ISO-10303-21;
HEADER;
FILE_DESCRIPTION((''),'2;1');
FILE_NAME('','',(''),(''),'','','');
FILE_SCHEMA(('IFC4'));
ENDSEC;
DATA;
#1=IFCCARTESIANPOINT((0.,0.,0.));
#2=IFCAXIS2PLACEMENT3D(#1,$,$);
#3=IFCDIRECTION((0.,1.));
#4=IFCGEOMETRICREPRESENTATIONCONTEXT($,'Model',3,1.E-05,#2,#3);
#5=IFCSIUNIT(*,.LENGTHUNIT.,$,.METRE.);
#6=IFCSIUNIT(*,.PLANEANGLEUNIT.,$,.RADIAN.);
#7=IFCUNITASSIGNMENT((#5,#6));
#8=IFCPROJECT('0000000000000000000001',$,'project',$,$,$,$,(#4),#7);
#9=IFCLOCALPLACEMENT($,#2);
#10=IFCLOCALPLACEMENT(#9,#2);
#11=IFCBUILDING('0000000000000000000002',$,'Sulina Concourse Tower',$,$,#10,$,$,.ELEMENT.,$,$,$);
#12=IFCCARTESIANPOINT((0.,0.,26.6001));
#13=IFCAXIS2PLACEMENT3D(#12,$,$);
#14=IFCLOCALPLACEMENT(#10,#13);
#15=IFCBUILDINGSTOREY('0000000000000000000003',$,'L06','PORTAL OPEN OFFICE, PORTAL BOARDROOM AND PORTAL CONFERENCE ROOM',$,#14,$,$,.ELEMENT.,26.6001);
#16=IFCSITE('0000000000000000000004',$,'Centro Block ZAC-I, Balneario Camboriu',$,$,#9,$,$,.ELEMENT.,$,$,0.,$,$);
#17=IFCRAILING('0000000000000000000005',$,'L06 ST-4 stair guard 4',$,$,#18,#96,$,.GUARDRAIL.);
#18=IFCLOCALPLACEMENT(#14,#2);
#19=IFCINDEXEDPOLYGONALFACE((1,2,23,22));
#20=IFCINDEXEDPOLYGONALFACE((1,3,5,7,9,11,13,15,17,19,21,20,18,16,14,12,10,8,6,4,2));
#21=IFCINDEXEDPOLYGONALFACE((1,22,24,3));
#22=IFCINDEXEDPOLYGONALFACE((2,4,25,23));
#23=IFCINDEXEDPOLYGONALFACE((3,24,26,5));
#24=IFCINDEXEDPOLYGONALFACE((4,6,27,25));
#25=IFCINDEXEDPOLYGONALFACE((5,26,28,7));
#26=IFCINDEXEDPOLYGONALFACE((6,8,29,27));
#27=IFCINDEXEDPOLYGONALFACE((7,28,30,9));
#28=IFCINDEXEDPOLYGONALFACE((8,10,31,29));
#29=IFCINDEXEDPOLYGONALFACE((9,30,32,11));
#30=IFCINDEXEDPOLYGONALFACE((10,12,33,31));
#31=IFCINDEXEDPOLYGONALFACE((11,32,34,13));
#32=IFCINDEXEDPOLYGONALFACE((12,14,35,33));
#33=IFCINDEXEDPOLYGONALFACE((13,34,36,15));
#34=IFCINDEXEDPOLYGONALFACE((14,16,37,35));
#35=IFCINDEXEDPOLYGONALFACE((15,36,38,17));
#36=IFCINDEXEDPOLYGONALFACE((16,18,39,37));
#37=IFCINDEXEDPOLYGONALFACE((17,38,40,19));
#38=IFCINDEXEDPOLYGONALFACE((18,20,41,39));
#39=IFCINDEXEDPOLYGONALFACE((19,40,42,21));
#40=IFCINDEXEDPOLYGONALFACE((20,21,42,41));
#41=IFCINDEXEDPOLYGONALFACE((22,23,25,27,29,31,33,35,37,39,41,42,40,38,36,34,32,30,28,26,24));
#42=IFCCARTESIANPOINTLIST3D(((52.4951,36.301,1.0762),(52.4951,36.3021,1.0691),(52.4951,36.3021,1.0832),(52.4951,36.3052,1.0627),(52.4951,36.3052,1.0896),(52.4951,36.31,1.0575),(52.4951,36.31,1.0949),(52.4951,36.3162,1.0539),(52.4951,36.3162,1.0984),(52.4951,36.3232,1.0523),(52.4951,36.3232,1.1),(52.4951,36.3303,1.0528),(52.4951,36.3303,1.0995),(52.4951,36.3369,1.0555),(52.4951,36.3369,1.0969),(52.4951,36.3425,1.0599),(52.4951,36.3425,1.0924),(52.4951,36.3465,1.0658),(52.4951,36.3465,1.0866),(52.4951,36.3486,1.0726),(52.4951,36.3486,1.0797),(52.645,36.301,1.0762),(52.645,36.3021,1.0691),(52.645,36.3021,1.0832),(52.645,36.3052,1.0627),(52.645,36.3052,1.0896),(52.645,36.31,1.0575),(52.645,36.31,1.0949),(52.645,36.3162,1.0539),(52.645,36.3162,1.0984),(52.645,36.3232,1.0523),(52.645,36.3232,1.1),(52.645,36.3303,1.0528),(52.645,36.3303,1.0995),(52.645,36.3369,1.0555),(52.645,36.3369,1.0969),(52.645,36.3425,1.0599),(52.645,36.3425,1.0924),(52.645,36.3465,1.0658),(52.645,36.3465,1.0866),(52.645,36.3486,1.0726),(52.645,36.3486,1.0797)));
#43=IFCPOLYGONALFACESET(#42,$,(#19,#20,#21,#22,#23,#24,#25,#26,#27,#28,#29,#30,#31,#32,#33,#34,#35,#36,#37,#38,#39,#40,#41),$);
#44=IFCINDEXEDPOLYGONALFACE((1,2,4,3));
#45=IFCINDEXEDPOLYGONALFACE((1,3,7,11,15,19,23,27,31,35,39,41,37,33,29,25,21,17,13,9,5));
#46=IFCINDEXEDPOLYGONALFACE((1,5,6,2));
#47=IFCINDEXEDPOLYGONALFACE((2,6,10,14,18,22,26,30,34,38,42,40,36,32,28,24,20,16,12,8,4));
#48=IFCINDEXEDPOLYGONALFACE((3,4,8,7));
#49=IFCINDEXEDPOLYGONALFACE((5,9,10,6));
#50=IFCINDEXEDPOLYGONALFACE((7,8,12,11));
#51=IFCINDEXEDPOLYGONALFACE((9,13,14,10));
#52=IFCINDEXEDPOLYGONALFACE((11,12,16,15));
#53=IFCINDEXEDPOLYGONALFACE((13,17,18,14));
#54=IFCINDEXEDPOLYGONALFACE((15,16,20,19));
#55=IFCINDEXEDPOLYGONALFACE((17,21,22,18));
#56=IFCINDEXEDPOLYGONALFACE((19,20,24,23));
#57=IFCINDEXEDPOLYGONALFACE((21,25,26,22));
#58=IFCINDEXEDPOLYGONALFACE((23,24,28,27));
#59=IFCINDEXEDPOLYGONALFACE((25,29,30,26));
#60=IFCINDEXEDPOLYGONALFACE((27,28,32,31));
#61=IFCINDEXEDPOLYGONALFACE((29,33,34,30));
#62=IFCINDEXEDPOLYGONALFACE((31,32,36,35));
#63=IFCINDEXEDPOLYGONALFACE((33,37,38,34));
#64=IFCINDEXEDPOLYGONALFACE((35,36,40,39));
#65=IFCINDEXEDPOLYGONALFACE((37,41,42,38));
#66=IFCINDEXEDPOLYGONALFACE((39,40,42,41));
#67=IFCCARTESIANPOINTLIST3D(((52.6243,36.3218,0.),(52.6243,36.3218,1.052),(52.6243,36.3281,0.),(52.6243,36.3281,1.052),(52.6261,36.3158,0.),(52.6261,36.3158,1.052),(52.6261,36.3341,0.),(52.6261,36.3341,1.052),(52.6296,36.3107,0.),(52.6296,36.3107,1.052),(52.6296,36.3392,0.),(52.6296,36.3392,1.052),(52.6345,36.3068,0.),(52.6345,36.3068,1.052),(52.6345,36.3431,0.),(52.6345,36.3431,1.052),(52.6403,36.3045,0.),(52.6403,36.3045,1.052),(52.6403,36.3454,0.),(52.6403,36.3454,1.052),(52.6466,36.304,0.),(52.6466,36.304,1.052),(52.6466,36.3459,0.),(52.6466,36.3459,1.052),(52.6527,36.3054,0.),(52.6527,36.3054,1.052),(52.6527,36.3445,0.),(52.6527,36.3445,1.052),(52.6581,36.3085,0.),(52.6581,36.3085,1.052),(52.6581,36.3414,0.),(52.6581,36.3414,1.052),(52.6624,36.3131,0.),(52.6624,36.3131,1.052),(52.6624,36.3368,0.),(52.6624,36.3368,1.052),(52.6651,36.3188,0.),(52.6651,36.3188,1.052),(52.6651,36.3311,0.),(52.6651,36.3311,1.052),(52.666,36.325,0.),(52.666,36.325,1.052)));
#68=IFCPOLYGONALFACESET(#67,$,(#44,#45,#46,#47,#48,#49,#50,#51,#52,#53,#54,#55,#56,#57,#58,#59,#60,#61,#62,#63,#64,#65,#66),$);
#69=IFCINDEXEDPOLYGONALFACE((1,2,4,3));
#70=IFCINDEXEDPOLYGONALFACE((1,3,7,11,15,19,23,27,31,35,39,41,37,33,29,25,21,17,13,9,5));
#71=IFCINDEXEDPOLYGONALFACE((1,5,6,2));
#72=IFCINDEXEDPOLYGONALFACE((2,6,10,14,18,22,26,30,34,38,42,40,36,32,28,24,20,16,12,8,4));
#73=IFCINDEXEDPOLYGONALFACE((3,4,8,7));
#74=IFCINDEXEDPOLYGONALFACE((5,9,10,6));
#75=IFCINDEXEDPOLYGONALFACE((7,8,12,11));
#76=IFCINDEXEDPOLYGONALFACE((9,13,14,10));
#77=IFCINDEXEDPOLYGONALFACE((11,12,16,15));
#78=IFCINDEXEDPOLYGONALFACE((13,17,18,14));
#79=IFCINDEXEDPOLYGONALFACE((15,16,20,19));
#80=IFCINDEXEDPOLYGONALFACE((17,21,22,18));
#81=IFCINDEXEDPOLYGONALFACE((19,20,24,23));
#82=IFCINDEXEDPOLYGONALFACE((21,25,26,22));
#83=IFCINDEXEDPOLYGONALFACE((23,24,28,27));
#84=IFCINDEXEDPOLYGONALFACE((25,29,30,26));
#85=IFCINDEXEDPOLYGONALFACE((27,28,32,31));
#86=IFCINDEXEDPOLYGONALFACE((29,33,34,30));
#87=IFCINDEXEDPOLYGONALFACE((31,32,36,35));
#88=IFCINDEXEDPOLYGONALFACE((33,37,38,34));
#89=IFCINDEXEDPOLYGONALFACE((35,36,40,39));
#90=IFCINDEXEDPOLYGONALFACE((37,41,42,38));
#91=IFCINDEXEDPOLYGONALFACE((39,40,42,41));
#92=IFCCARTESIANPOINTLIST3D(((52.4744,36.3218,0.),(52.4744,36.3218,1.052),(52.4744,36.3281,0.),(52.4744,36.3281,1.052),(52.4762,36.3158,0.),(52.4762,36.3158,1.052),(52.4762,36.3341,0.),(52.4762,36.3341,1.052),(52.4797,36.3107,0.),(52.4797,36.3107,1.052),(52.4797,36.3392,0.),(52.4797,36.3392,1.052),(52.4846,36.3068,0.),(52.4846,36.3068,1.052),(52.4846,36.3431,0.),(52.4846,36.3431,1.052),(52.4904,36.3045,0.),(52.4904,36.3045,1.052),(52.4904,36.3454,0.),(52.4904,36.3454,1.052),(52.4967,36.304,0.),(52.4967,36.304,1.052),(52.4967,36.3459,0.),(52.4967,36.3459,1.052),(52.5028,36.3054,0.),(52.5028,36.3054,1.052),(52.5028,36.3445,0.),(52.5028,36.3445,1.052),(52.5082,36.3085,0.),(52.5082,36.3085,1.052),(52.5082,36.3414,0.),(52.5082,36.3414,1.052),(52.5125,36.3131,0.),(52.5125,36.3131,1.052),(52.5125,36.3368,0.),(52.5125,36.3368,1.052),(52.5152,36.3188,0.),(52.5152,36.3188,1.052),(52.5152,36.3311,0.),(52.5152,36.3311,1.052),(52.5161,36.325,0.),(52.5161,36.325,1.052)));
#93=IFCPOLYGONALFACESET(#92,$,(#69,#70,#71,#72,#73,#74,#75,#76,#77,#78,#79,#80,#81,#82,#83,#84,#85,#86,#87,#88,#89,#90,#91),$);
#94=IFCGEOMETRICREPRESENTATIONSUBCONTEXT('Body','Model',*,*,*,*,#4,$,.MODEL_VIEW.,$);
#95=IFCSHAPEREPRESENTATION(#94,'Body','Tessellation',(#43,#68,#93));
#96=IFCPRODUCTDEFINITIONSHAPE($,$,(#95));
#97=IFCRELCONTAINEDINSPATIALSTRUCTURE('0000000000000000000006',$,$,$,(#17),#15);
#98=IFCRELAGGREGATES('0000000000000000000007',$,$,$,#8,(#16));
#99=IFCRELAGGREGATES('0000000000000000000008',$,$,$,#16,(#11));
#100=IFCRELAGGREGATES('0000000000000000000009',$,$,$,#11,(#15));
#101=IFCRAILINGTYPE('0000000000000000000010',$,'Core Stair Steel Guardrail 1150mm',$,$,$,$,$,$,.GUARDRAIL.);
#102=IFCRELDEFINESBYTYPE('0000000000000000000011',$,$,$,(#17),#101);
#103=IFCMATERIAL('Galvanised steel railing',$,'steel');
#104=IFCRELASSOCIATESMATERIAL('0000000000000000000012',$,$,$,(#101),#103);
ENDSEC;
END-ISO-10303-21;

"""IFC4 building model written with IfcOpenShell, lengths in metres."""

from ifc_helpers import new_model, si_unit, direction, frame, origin, origin_2d, place, context, subcontext, project, spatial, circle, extrude, material, type_object, element, save


model = new_model("IFC4")

# Units and contexts
model_context = context("Model", 3, precision=1e-05, world=origin(), true_north=direction((0.0, 1.0)))
body_context = subcontext(model_context, "Body", "Model", "MODEL_VIEW")
ifc_project = project(units=[si_unit("LENGTHUNIT", "METRE"), si_unit("PLANEANGLEUNIT", "RADIAN")], contexts=[model_context])

# Site, building, storey
site_placement = place(None, origin())
site = spatial("IfcSite", under=ifc_project, at=site_placement, Name="Centro Block ZAC-I, Balneario Camboriu", CompositionType="ELEMENT", RefElevation=0.0)
building_placement = place(site_placement, origin())
building = spatial("IfcBuilding", under=site, at=building_placement, Name="Sulina Concourse Tower", CompositionType="ELEMENT")
storey_placement = place(building_placement, frame((0.0, 0.0, 26.6001)))
storey = spatial("IfcBuildingStorey", under=building, at=storey_placement, Name="L06", Description="PORTAL OPEN OFFICE, PORTAL BOARDROOM AND PORTAL CONFERENCE ROOM", CompositionType="ELEMENT", Elevation=26.6001)

# Railing
ifc_material_1 = material(Name="Galvanised steel railing", Category="steel")
railing_type_1 = type_object("IfcRailingType", Name="Core Stair Steel Guardrail 1150mm", PredefinedType="GUARDRAIL", material=ifc_material_1)
railing_1_placement = place(storey_placement, frame((52.645, 36.325, 0.0)))
element("IfcRailing", 1, at=railing_1_placement, inside=storey, type_object=railing_type_1, Name="L06 ST-4 stair guard 4", PredefinedType="GUARDRAIL", context=body_context, shape_type="SweptSolid", body=[
    extrude(circle(Radius=0.0239, at=origin_2d()), frame((0.0, 0.0, 1.0762), z_axis=(-1.0, 0.0, 0.0), x_axis=(0.0, -1.0, 0.0)), (0.0, 0.0, 1.0), 0.1499),
    extrude(circle(Radius=0.021, at=origin_2d()), origin(), (0.0, 0.0, 1.0), 1.052),
    extrude(circle(Radius=0.021, at=origin_2d()), frame((-0.1499, 0.0, 0.0)), (0.0, 0.0, 1.0), 1.052),
])

save(model, "model.ifc")
